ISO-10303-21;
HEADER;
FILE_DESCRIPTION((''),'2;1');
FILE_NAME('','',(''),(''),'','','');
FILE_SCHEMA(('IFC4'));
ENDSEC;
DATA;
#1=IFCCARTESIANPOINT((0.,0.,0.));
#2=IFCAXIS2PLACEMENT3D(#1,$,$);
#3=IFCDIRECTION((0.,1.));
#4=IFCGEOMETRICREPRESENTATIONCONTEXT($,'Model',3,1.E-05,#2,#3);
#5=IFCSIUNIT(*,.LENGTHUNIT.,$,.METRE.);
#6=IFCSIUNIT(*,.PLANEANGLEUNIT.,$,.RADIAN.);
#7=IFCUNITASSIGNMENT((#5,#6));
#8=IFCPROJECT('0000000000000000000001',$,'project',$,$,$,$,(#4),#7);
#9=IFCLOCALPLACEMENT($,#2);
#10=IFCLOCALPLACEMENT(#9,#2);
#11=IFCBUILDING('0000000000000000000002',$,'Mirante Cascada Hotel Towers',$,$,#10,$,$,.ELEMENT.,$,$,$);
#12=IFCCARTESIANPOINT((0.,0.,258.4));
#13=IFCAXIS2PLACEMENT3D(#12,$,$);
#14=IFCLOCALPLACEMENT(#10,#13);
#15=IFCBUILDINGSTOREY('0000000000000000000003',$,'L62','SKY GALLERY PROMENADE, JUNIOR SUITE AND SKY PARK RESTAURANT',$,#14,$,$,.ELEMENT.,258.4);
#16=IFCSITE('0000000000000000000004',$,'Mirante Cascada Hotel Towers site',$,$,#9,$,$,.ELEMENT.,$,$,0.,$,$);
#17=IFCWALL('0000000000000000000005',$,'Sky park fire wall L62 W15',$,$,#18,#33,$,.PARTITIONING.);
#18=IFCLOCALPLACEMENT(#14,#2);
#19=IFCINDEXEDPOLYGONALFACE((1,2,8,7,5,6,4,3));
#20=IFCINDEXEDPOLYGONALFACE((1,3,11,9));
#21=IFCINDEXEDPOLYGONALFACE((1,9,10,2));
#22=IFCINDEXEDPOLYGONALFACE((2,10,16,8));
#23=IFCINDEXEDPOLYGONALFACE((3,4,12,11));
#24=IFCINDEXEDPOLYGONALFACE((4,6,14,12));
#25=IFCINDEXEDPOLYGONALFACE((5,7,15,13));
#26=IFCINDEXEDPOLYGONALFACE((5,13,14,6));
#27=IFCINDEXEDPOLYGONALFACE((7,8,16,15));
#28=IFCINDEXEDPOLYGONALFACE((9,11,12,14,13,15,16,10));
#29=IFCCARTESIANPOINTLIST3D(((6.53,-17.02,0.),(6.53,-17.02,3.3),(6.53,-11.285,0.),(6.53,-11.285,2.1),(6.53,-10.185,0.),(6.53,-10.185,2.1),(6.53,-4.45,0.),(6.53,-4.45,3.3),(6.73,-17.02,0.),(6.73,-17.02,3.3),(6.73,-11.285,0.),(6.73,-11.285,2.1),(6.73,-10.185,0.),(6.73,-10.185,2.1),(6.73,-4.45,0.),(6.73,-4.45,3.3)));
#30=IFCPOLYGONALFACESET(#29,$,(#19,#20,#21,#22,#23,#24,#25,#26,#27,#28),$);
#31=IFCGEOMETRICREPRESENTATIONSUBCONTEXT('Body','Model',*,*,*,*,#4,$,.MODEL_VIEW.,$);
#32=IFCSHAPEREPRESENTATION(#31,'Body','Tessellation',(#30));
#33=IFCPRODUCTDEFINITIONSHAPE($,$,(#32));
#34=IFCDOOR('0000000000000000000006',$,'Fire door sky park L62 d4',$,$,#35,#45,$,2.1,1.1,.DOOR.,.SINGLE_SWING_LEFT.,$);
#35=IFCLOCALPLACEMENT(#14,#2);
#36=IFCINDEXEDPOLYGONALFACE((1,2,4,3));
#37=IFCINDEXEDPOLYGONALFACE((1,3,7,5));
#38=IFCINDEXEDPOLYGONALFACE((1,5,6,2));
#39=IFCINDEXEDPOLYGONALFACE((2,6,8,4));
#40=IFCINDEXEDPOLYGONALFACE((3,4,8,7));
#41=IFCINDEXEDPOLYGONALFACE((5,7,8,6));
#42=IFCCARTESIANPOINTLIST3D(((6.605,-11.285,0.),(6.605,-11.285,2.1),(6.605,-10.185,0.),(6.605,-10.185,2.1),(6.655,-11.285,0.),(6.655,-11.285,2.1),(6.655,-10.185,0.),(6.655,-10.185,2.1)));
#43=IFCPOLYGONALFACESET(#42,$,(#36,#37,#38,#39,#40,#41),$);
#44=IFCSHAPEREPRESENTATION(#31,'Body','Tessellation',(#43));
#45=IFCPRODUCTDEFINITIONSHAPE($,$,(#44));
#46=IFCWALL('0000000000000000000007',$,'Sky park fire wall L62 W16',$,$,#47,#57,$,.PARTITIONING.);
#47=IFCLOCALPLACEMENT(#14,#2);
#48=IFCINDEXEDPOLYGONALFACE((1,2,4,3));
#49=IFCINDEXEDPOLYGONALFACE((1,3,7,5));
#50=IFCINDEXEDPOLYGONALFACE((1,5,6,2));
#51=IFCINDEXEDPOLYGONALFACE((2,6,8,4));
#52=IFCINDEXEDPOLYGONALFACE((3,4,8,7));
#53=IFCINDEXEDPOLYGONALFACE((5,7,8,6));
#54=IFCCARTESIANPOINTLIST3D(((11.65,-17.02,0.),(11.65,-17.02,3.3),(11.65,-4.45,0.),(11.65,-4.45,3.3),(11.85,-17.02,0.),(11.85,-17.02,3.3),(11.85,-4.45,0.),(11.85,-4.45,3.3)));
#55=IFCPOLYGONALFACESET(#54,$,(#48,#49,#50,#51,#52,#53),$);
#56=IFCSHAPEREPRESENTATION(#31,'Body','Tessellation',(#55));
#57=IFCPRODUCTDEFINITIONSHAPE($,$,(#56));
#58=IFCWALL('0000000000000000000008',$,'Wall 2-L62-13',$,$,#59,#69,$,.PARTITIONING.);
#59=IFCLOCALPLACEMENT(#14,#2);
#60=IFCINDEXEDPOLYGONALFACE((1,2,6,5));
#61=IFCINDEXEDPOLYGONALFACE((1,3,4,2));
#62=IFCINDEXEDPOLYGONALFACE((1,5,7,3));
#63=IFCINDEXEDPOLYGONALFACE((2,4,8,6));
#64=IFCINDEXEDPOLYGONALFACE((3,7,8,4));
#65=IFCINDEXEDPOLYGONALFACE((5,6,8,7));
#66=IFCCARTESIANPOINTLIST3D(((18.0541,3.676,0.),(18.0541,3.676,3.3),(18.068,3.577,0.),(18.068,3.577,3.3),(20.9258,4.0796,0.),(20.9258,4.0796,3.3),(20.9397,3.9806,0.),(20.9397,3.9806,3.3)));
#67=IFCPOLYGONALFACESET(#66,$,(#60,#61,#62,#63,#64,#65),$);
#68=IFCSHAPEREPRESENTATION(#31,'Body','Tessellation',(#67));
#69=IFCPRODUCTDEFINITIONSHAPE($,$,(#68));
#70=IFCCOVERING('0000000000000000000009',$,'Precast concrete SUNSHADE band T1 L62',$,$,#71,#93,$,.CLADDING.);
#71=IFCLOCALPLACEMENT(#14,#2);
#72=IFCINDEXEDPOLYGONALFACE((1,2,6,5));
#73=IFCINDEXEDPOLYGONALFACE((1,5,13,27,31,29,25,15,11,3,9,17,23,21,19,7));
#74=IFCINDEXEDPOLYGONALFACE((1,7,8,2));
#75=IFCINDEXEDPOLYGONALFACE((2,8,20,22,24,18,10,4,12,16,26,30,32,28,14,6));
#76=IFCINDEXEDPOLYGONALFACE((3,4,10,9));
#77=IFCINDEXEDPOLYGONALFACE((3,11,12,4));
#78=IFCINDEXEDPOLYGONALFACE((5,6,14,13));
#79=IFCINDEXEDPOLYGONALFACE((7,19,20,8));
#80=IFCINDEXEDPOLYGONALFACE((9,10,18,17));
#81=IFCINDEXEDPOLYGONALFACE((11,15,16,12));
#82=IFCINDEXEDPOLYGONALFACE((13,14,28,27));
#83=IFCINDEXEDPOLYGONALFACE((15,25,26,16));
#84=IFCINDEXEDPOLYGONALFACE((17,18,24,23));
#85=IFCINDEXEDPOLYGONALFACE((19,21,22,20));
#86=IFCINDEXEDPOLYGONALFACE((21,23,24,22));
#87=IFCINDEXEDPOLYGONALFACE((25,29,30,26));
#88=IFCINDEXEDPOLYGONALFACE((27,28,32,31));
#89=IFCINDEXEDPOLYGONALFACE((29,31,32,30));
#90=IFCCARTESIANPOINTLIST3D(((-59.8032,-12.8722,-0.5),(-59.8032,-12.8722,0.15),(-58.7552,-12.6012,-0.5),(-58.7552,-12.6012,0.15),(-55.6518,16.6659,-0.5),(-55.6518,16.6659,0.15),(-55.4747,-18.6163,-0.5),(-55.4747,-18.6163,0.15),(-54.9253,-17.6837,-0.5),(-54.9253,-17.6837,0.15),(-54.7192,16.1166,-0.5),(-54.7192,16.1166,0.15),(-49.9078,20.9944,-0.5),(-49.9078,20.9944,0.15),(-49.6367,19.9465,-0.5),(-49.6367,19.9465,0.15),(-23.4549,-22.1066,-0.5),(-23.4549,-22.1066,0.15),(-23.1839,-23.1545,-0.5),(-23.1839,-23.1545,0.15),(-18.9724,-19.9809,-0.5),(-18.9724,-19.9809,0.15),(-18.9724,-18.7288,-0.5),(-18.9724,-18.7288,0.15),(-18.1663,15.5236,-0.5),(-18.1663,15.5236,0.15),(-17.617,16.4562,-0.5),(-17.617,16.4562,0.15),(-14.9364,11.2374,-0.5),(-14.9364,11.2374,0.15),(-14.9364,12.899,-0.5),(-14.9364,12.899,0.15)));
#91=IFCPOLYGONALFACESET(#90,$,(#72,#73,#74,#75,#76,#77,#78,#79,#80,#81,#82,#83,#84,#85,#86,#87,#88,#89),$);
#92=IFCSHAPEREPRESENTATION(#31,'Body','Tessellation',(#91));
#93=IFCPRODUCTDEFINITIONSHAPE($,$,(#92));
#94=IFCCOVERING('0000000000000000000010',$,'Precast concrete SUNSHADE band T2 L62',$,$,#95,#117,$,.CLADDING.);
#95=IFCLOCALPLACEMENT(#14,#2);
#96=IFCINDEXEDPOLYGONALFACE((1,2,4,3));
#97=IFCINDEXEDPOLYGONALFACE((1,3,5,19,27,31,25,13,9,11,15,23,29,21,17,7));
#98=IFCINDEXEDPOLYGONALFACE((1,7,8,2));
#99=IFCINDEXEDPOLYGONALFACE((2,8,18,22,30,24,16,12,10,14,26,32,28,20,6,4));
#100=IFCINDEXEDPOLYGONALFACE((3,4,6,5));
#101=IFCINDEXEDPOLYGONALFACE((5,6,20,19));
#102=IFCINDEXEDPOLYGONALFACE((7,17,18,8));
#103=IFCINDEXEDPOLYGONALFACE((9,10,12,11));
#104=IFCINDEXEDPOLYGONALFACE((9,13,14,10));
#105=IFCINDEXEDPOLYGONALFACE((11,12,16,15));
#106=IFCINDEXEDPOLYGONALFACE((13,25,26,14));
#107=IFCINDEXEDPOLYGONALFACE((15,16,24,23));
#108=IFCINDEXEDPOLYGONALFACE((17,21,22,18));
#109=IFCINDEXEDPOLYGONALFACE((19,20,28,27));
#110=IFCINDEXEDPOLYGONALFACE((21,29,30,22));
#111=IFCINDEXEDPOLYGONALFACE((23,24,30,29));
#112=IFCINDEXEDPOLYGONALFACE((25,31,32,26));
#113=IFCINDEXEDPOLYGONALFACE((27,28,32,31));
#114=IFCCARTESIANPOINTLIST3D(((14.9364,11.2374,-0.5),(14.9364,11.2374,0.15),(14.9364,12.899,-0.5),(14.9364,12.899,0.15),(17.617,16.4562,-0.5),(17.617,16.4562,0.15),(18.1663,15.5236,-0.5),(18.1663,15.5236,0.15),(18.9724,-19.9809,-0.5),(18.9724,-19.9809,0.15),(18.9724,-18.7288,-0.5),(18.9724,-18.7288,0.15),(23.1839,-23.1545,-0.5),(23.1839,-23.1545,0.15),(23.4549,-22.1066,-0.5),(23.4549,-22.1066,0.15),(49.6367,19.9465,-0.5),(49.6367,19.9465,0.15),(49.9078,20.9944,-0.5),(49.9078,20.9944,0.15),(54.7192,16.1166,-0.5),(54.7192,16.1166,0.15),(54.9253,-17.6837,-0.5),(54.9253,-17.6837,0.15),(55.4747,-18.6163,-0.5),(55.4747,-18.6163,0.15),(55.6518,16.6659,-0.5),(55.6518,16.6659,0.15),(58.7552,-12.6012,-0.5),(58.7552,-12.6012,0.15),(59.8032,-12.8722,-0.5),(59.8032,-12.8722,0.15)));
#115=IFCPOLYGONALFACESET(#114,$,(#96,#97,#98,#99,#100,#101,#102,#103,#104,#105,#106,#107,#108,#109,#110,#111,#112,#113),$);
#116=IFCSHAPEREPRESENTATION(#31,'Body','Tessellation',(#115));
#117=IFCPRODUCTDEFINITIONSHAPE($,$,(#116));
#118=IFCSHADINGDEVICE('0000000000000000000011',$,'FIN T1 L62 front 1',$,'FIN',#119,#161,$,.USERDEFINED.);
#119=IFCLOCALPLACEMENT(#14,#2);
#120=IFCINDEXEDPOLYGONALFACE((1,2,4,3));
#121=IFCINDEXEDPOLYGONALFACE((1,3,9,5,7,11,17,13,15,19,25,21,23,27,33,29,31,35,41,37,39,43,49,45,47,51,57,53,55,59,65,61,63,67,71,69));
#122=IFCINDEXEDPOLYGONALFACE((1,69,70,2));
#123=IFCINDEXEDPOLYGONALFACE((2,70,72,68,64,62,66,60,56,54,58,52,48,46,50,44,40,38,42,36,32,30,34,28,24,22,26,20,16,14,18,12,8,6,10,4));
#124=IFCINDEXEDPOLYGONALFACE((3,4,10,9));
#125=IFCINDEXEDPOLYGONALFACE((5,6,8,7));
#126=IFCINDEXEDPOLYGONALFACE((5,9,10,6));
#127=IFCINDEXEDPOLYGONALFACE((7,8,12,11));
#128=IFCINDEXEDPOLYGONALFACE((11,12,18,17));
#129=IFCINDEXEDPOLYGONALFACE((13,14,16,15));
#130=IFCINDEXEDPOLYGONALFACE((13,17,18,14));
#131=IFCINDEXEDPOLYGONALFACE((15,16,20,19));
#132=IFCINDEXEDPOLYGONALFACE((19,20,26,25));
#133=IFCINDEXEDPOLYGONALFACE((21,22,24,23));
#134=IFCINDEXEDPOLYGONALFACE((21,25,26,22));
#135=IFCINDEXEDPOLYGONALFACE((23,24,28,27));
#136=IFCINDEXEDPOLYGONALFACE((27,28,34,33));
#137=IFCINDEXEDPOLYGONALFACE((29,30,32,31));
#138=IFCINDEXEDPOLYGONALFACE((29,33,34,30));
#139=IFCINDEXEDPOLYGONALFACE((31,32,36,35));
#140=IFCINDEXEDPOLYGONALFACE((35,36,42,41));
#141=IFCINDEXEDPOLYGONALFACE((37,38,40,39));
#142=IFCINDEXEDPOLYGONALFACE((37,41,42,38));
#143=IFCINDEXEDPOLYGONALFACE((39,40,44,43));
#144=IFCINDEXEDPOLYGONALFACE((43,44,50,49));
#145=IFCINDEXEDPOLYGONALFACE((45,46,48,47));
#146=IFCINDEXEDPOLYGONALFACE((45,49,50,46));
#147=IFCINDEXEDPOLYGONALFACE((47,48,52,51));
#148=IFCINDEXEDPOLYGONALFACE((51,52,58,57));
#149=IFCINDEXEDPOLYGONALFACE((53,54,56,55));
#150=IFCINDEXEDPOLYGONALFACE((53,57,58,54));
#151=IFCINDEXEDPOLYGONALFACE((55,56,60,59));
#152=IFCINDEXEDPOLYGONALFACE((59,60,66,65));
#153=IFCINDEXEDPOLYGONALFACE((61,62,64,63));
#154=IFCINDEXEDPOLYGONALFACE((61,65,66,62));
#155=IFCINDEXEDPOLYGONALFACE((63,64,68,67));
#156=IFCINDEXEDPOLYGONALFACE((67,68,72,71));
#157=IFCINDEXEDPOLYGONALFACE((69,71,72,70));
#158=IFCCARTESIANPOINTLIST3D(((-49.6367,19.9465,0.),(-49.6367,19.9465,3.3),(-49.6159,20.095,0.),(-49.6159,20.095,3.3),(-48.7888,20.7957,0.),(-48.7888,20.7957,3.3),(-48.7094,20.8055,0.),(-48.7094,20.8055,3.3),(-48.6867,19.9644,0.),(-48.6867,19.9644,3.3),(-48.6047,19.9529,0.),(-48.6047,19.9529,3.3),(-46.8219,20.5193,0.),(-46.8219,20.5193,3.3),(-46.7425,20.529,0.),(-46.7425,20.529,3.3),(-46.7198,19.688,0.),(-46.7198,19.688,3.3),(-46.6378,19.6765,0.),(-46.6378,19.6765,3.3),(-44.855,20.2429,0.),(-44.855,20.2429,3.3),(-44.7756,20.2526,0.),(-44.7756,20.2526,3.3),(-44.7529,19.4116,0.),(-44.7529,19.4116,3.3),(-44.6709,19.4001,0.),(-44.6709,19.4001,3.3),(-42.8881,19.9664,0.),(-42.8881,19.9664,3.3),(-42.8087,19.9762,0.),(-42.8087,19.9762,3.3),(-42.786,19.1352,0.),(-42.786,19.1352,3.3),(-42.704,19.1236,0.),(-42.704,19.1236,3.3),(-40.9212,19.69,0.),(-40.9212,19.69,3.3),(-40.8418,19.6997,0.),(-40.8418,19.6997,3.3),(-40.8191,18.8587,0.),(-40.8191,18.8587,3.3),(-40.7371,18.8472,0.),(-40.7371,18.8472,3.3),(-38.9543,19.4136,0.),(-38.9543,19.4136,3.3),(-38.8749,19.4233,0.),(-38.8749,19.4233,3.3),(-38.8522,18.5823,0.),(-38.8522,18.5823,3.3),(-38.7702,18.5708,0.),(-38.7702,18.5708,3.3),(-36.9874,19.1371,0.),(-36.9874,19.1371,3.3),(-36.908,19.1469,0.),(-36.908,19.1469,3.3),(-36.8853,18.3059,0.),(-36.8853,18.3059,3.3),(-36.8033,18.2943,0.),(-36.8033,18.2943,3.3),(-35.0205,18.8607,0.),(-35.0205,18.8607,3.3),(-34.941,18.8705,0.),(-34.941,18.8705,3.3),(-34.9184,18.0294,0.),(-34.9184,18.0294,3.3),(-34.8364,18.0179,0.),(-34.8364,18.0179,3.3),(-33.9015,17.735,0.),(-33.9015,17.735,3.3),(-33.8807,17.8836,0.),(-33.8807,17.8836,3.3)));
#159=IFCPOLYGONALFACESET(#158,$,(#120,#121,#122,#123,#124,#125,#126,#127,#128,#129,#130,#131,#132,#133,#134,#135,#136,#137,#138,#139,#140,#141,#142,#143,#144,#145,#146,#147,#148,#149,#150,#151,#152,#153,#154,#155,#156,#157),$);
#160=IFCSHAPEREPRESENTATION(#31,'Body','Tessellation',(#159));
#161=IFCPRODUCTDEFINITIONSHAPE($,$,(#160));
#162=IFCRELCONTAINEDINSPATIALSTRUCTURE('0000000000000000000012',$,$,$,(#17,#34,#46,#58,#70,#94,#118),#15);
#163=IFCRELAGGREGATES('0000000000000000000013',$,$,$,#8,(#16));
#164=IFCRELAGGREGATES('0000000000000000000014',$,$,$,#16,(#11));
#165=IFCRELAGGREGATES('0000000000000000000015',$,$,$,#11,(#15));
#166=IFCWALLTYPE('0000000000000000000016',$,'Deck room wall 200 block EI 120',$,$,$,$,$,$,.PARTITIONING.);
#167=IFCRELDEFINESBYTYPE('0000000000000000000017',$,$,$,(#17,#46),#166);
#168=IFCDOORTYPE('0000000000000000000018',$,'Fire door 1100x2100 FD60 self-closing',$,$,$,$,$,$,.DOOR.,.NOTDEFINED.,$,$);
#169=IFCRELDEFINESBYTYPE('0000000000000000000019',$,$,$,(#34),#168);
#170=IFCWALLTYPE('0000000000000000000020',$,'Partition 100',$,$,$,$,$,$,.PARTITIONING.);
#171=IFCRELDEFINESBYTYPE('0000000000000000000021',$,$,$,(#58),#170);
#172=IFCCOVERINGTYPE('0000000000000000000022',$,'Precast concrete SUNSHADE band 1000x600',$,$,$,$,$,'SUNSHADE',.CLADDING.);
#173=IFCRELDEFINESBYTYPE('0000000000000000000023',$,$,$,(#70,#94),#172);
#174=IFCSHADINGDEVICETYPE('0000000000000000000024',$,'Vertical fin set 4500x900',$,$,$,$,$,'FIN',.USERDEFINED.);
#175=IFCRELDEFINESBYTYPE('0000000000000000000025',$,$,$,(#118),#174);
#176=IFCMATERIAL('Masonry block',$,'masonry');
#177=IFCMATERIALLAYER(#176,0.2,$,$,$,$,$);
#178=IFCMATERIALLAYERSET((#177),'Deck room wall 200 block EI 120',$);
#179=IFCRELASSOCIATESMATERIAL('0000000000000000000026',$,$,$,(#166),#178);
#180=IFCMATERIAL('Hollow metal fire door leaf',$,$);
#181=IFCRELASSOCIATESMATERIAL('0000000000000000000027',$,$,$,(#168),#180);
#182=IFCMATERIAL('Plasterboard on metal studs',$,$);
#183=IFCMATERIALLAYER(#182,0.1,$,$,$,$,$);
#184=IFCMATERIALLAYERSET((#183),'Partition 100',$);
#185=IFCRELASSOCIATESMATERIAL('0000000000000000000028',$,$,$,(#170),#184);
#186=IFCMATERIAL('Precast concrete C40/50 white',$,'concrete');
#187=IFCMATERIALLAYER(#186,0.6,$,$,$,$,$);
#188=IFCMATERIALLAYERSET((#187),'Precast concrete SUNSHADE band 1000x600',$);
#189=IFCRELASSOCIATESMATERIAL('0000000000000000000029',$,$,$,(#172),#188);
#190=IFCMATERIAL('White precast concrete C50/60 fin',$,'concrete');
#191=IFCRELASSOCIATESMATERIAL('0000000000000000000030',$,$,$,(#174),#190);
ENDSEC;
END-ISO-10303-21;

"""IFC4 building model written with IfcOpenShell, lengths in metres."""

from ifc_helpers import new_model, si_unit, direction, frame, frame_2d, origin, place, context, subcontext, project, spatial, polyline, rectangle, outline, extrude, material, layer, layer_set, type_object, element, fill, save


model = new_model("IFC4")

# Units and contexts
model_context = context("Model", 3, precision=1e-05, world=origin(), true_north=direction((0.0, 1.0)))
body_context = subcontext(model_context, "Body", "Model", "MODEL_VIEW")
ifc_project = project(units=[si_unit("LENGTHUNIT", "METRE"), si_unit("PLANEANGLEUNIT", "RADIAN")], contexts=[model_context])

# Site, building, storey
site_placement = place(None, origin())
site = spatial("IfcSite", under=ifc_project, at=site_placement, Name="Mirante Cascada Hotel Towers site", CompositionType="ELEMENT", RefElevation=0.0)
building_placement = place(site_placement, origin())
building = spatial("IfcBuilding", under=site, at=building_placement, Name="Mirante Cascada Hotel Towers", CompositionType="ELEMENT")
storey_placement = place(building_placement, frame((0.0, 0.0, 258.4)))
storey = spatial("IfcBuildingStorey", under=building, at=storey_placement, Name="L62", Description="SKY GALLERY PROMENADE, JUNIOR SUITE AND SKY PARK RESTAURANT", CompositionType="ELEMENT", Elevation=258.4)

# Shared definitions
ifc_material_1 = material(Name="Masonry block", Category="masonry")
ifc_layer_1 = layer(ifc_material_1, 0.2)
ifc_layer_set_1 = layer_set([ifc_layer_1], Name="Deck room wall 200 block EI 120")
wall_type_1 = type_object("IfcWallType", Name="Deck room wall 200 block EI 120", PredefinedType="PARTITIONING", material=ifc_layer_set_1)

# Wall, opening, door
wall_1_placement = place(storey_placement, frame((6.63, -17.02, 0.0), z_axis=(0.0, 0.0, 1.0), x_axis=(0.0, 1.0, 0.0)))
wall_1 = element("IfcWall", 1, at=wall_1_placement, inside=storey, type_object=wall_type_1, Name="Sky park fire wall L62 W15", PredefinedType="PARTITIONING", context=body_context, shape_type="SweptSolid", body=[
    extrude(rectangle(XDim=12.57, YDim=0.2, at=frame_2d((6.285, 0.0))), origin(), (0.0, 0.0, 1.0), 3.3),
])
opening_placement = place(wall_1_placement, frame((5.735, 0.0, 0.0)))
opening = element("IfcOpeningElement", 2, at=opening_placement, cuts=wall_1, PredefinedType="OPENING", context=body_context, shape_type="SweptSolid", body=[
    extrude(rectangle(XDim=1.1, YDim=2.1, at=frame_2d((0.55, 1.05))), frame((0.0, 0.1, 0.0), z_axis=(0.0, -1.0, 0.0), x_axis=(1.0, 0.0, 0.0)), (0.0, 0.0, 1.0), 0.2),
])
ifc_material_2 = material(Name="Hollow metal fire door leaf")
door_type = type_object("IfcDoorType", Name="Fire door 1100x2100 FD60 self-closing", OperationType="NOTDEFINED", PredefinedType="DOOR", material=ifc_material_2)
door_placement = place(opening_placement, frame((1.1, 0.0, 0.0), z_axis=(0.0, 0.0, 1.0), x_axis=(-1.0, 0.0, 0.0)))
door = element("IfcDoor", 3, at=door_placement, inside=storey, type_object=door_type, Name="Fire door sky park L62 d4", OperationType="SINGLE_SWING_LEFT", OverallHeight=2.1, OverallWidth=1.1, PredefinedType="DOOR", context=body_context, shape_type="SweptSolid", body=[
    extrude(rectangle(XDim=1.1, YDim=2.1, at=frame_2d((0.55, 1.05))), frame((0.0, 0.025, 0.0), z_axis=(0.0, -1.0, 0.0), x_axis=(1.0, 0.0, 0.0)), (0.0, 0.0, 1.0), 0.05),
])
fill(opening, door)

# Walls
wall_2_placement = place(storey_placement, frame((11.75, -17.02, 0.0), z_axis=(0.0, 0.0, 1.0), x_axis=(0.0, 1.0, 0.0)))
element("IfcWall", 4, at=wall_2_placement, inside=storey, type_object=wall_type_1, Name="Sky park fire wall L62 W16", PredefinedType="PARTITIONING", context=body_context, shape_type="SweptSolid", body=[
    extrude(rectangle(XDim=12.57, YDim=0.2, at=frame_2d((6.285, 0.0))), origin(), (0.0, 0.0, 1.0), 3.3),
])
ifc_material_3 = material(Name="Plasterboard on metal studs")
ifc_layer_2 = layer(ifc_material_3, 0.1)
ifc_layer_set_2 = layer_set([ifc_layer_2], Name="Partition 100")
wall_type_2 = type_object("IfcWallType", Name="Partition 100", PredefinedType="PARTITIONING", material=ifc_layer_set_2)
wall_3_placement = place(storey_placement, frame((18.061, 3.6265, 0.0), z_axis=(0.0, 0.0, 1.0), x_axis=(0.990268, 0.139176, 0.0)))
element("IfcWall", 5, at=wall_3_placement, inside=storey, type_object=wall_type_2, Name="Wall 2-L62-13", PredefinedType="PARTITIONING", context=body_context, shape_type="SweptSolid", body=[
    extrude(rectangle(XDim=2.8999, YDim=0.1, at=frame_2d((1.45, 0.0))), origin(), (0.0, 0.0, 1.0), 3.3),
])

# Coverings
ifc_material_4 = material(Name="Precast concrete C40/50 white", Category="concrete")
ifc_layer_3 = layer(ifc_material_4, 0.6)
ifc_layer_set_3 = layer_set([ifc_layer_3], Name="Precast concrete SUNSHADE band 1000x600")
covering_type = type_object("IfcCoveringType", Name="Precast concrete SUNSHADE band 1000x600", ElementType="SUNSHADE", PredefinedType="CLADDING", material=ifc_layer_set_3)
covering_1_placement = place(storey_placement, frame((0.0, 0.0, -0.5)))
element("IfcCovering", 6, at=covering_1_placement, inside=storey, type_object=covering_type, Name="Precast concrete SUNSHADE band T1 L62", PredefinedType="CLADDING", context=body_context, shape_type="SweptSolid", body=[
    extrude(outline(polyline([(-55.6518, 16.6659), (-49.9078, 20.9944), (-17.617, 16.4562), (-14.9364, 12.899), (-14.9364, 11.2374), (-18.1663, 15.5236), (-49.6367, 19.9465), (-54.7192, 16.1166), (-58.7552, -12.6012), (-54.9253, -17.6837), (-23.4549, -22.1066), (-18.9724, -18.7288), (-18.9724, -19.9809), (-23.1839, -23.1545), (-55.4747, -18.6163), (-59.8032, -12.8722), (-55.6518, 16.6659)])), origin(), (0.0, 0.0, 1.0), 0.65),
])
covering_2_placement = place(storey_placement, frame((0.0, 0.0, -0.5)))
element("IfcCovering", 7, at=covering_2_placement, inside=storey, type_object=covering_type, Name="Precast concrete SUNSHADE band T2 L62", PredefinedType="CLADDING", context=body_context, shape_type="SweptSolid", body=[
    extrude(outline(polyline([(49.9078, 20.9944), (55.6518, 16.6659), (59.8032, -12.8722), (55.4747, -18.6163), (23.1839, -23.1545), (18.9724, -19.9809), (18.9724, -18.7288), (23.4549, -22.1066), (54.9253, -17.6837), (58.7552, -12.6012), (54.7192, 16.1166), (49.6367, 19.9465), (18.1663, 15.5236), (14.9364, 11.2374), (14.9364, 12.899), (17.617, 16.4562), (49.9078, 20.9944)])), origin(), (0.0, 0.0, 1.0), 0.65),
])

# Shading device
ifc_material_5 = material(Name="White precast concrete C50/60 fin", Category="concrete")
shading_device_type = type_object("IfcShadingDeviceType", Name="Vertical fin set 4500x900", ElementType="FIN", PredefinedType="USERDEFINED", material=ifc_material_5)
shading_device_1_placement = place(storey_placement, origin())
element("IfcShadingDevice", 8, at=shading_device_1_placement, inside=storey, type_object=shading_device_type, Name="FIN T1 L62 front 1", ObjectType="FIN", PredefinedType="USERDEFINED", context=body_context, shape_type="SweptSolid", body=[
    extrude(outline(polyline([(-34.8364, 18.0179), (-33.8807, 17.8836), (-33.9015, 17.735), (-49.6367, 19.9465), (-49.6159, 20.095), (-48.6867, 19.9644), (-48.7888, 20.7957), (-48.7094, 20.8055), (-48.6047, 19.9529), (-46.7198, 19.688), (-46.8219, 20.5193), (-46.7425, 20.529), (-46.6378, 19.6765), (-44.7529, 19.4116), (-44.855, 20.2429), (-44.7756, 20.2526), (-44.6709, 19.4001), (-42.786, 19.1352), (-42.8881, 19.9664), (-42.8087, 19.9762), (-42.704, 19.1236), (-40.8191, 18.8587), (-40.9212, 19.69), (-40.8418, 19.6997), (-40.7371, 18.8472), (-38.8522, 18.5823), (-38.9543, 19.4136), (-38.8749, 19.4233), (-38.7702, 18.5708), (-36.8853, 18.3059), (-36.9874, 19.1371), (-36.908, 19.1469), (-36.8033, 18.2943), (-34.9184, 18.0294), (-35.0205, 18.8607), (-34.941, 18.8705), (-34.8364, 18.0179)])), origin(), (0.0, 0.0, 1.0), 3.3),
])

save(model, "model.ifc")
